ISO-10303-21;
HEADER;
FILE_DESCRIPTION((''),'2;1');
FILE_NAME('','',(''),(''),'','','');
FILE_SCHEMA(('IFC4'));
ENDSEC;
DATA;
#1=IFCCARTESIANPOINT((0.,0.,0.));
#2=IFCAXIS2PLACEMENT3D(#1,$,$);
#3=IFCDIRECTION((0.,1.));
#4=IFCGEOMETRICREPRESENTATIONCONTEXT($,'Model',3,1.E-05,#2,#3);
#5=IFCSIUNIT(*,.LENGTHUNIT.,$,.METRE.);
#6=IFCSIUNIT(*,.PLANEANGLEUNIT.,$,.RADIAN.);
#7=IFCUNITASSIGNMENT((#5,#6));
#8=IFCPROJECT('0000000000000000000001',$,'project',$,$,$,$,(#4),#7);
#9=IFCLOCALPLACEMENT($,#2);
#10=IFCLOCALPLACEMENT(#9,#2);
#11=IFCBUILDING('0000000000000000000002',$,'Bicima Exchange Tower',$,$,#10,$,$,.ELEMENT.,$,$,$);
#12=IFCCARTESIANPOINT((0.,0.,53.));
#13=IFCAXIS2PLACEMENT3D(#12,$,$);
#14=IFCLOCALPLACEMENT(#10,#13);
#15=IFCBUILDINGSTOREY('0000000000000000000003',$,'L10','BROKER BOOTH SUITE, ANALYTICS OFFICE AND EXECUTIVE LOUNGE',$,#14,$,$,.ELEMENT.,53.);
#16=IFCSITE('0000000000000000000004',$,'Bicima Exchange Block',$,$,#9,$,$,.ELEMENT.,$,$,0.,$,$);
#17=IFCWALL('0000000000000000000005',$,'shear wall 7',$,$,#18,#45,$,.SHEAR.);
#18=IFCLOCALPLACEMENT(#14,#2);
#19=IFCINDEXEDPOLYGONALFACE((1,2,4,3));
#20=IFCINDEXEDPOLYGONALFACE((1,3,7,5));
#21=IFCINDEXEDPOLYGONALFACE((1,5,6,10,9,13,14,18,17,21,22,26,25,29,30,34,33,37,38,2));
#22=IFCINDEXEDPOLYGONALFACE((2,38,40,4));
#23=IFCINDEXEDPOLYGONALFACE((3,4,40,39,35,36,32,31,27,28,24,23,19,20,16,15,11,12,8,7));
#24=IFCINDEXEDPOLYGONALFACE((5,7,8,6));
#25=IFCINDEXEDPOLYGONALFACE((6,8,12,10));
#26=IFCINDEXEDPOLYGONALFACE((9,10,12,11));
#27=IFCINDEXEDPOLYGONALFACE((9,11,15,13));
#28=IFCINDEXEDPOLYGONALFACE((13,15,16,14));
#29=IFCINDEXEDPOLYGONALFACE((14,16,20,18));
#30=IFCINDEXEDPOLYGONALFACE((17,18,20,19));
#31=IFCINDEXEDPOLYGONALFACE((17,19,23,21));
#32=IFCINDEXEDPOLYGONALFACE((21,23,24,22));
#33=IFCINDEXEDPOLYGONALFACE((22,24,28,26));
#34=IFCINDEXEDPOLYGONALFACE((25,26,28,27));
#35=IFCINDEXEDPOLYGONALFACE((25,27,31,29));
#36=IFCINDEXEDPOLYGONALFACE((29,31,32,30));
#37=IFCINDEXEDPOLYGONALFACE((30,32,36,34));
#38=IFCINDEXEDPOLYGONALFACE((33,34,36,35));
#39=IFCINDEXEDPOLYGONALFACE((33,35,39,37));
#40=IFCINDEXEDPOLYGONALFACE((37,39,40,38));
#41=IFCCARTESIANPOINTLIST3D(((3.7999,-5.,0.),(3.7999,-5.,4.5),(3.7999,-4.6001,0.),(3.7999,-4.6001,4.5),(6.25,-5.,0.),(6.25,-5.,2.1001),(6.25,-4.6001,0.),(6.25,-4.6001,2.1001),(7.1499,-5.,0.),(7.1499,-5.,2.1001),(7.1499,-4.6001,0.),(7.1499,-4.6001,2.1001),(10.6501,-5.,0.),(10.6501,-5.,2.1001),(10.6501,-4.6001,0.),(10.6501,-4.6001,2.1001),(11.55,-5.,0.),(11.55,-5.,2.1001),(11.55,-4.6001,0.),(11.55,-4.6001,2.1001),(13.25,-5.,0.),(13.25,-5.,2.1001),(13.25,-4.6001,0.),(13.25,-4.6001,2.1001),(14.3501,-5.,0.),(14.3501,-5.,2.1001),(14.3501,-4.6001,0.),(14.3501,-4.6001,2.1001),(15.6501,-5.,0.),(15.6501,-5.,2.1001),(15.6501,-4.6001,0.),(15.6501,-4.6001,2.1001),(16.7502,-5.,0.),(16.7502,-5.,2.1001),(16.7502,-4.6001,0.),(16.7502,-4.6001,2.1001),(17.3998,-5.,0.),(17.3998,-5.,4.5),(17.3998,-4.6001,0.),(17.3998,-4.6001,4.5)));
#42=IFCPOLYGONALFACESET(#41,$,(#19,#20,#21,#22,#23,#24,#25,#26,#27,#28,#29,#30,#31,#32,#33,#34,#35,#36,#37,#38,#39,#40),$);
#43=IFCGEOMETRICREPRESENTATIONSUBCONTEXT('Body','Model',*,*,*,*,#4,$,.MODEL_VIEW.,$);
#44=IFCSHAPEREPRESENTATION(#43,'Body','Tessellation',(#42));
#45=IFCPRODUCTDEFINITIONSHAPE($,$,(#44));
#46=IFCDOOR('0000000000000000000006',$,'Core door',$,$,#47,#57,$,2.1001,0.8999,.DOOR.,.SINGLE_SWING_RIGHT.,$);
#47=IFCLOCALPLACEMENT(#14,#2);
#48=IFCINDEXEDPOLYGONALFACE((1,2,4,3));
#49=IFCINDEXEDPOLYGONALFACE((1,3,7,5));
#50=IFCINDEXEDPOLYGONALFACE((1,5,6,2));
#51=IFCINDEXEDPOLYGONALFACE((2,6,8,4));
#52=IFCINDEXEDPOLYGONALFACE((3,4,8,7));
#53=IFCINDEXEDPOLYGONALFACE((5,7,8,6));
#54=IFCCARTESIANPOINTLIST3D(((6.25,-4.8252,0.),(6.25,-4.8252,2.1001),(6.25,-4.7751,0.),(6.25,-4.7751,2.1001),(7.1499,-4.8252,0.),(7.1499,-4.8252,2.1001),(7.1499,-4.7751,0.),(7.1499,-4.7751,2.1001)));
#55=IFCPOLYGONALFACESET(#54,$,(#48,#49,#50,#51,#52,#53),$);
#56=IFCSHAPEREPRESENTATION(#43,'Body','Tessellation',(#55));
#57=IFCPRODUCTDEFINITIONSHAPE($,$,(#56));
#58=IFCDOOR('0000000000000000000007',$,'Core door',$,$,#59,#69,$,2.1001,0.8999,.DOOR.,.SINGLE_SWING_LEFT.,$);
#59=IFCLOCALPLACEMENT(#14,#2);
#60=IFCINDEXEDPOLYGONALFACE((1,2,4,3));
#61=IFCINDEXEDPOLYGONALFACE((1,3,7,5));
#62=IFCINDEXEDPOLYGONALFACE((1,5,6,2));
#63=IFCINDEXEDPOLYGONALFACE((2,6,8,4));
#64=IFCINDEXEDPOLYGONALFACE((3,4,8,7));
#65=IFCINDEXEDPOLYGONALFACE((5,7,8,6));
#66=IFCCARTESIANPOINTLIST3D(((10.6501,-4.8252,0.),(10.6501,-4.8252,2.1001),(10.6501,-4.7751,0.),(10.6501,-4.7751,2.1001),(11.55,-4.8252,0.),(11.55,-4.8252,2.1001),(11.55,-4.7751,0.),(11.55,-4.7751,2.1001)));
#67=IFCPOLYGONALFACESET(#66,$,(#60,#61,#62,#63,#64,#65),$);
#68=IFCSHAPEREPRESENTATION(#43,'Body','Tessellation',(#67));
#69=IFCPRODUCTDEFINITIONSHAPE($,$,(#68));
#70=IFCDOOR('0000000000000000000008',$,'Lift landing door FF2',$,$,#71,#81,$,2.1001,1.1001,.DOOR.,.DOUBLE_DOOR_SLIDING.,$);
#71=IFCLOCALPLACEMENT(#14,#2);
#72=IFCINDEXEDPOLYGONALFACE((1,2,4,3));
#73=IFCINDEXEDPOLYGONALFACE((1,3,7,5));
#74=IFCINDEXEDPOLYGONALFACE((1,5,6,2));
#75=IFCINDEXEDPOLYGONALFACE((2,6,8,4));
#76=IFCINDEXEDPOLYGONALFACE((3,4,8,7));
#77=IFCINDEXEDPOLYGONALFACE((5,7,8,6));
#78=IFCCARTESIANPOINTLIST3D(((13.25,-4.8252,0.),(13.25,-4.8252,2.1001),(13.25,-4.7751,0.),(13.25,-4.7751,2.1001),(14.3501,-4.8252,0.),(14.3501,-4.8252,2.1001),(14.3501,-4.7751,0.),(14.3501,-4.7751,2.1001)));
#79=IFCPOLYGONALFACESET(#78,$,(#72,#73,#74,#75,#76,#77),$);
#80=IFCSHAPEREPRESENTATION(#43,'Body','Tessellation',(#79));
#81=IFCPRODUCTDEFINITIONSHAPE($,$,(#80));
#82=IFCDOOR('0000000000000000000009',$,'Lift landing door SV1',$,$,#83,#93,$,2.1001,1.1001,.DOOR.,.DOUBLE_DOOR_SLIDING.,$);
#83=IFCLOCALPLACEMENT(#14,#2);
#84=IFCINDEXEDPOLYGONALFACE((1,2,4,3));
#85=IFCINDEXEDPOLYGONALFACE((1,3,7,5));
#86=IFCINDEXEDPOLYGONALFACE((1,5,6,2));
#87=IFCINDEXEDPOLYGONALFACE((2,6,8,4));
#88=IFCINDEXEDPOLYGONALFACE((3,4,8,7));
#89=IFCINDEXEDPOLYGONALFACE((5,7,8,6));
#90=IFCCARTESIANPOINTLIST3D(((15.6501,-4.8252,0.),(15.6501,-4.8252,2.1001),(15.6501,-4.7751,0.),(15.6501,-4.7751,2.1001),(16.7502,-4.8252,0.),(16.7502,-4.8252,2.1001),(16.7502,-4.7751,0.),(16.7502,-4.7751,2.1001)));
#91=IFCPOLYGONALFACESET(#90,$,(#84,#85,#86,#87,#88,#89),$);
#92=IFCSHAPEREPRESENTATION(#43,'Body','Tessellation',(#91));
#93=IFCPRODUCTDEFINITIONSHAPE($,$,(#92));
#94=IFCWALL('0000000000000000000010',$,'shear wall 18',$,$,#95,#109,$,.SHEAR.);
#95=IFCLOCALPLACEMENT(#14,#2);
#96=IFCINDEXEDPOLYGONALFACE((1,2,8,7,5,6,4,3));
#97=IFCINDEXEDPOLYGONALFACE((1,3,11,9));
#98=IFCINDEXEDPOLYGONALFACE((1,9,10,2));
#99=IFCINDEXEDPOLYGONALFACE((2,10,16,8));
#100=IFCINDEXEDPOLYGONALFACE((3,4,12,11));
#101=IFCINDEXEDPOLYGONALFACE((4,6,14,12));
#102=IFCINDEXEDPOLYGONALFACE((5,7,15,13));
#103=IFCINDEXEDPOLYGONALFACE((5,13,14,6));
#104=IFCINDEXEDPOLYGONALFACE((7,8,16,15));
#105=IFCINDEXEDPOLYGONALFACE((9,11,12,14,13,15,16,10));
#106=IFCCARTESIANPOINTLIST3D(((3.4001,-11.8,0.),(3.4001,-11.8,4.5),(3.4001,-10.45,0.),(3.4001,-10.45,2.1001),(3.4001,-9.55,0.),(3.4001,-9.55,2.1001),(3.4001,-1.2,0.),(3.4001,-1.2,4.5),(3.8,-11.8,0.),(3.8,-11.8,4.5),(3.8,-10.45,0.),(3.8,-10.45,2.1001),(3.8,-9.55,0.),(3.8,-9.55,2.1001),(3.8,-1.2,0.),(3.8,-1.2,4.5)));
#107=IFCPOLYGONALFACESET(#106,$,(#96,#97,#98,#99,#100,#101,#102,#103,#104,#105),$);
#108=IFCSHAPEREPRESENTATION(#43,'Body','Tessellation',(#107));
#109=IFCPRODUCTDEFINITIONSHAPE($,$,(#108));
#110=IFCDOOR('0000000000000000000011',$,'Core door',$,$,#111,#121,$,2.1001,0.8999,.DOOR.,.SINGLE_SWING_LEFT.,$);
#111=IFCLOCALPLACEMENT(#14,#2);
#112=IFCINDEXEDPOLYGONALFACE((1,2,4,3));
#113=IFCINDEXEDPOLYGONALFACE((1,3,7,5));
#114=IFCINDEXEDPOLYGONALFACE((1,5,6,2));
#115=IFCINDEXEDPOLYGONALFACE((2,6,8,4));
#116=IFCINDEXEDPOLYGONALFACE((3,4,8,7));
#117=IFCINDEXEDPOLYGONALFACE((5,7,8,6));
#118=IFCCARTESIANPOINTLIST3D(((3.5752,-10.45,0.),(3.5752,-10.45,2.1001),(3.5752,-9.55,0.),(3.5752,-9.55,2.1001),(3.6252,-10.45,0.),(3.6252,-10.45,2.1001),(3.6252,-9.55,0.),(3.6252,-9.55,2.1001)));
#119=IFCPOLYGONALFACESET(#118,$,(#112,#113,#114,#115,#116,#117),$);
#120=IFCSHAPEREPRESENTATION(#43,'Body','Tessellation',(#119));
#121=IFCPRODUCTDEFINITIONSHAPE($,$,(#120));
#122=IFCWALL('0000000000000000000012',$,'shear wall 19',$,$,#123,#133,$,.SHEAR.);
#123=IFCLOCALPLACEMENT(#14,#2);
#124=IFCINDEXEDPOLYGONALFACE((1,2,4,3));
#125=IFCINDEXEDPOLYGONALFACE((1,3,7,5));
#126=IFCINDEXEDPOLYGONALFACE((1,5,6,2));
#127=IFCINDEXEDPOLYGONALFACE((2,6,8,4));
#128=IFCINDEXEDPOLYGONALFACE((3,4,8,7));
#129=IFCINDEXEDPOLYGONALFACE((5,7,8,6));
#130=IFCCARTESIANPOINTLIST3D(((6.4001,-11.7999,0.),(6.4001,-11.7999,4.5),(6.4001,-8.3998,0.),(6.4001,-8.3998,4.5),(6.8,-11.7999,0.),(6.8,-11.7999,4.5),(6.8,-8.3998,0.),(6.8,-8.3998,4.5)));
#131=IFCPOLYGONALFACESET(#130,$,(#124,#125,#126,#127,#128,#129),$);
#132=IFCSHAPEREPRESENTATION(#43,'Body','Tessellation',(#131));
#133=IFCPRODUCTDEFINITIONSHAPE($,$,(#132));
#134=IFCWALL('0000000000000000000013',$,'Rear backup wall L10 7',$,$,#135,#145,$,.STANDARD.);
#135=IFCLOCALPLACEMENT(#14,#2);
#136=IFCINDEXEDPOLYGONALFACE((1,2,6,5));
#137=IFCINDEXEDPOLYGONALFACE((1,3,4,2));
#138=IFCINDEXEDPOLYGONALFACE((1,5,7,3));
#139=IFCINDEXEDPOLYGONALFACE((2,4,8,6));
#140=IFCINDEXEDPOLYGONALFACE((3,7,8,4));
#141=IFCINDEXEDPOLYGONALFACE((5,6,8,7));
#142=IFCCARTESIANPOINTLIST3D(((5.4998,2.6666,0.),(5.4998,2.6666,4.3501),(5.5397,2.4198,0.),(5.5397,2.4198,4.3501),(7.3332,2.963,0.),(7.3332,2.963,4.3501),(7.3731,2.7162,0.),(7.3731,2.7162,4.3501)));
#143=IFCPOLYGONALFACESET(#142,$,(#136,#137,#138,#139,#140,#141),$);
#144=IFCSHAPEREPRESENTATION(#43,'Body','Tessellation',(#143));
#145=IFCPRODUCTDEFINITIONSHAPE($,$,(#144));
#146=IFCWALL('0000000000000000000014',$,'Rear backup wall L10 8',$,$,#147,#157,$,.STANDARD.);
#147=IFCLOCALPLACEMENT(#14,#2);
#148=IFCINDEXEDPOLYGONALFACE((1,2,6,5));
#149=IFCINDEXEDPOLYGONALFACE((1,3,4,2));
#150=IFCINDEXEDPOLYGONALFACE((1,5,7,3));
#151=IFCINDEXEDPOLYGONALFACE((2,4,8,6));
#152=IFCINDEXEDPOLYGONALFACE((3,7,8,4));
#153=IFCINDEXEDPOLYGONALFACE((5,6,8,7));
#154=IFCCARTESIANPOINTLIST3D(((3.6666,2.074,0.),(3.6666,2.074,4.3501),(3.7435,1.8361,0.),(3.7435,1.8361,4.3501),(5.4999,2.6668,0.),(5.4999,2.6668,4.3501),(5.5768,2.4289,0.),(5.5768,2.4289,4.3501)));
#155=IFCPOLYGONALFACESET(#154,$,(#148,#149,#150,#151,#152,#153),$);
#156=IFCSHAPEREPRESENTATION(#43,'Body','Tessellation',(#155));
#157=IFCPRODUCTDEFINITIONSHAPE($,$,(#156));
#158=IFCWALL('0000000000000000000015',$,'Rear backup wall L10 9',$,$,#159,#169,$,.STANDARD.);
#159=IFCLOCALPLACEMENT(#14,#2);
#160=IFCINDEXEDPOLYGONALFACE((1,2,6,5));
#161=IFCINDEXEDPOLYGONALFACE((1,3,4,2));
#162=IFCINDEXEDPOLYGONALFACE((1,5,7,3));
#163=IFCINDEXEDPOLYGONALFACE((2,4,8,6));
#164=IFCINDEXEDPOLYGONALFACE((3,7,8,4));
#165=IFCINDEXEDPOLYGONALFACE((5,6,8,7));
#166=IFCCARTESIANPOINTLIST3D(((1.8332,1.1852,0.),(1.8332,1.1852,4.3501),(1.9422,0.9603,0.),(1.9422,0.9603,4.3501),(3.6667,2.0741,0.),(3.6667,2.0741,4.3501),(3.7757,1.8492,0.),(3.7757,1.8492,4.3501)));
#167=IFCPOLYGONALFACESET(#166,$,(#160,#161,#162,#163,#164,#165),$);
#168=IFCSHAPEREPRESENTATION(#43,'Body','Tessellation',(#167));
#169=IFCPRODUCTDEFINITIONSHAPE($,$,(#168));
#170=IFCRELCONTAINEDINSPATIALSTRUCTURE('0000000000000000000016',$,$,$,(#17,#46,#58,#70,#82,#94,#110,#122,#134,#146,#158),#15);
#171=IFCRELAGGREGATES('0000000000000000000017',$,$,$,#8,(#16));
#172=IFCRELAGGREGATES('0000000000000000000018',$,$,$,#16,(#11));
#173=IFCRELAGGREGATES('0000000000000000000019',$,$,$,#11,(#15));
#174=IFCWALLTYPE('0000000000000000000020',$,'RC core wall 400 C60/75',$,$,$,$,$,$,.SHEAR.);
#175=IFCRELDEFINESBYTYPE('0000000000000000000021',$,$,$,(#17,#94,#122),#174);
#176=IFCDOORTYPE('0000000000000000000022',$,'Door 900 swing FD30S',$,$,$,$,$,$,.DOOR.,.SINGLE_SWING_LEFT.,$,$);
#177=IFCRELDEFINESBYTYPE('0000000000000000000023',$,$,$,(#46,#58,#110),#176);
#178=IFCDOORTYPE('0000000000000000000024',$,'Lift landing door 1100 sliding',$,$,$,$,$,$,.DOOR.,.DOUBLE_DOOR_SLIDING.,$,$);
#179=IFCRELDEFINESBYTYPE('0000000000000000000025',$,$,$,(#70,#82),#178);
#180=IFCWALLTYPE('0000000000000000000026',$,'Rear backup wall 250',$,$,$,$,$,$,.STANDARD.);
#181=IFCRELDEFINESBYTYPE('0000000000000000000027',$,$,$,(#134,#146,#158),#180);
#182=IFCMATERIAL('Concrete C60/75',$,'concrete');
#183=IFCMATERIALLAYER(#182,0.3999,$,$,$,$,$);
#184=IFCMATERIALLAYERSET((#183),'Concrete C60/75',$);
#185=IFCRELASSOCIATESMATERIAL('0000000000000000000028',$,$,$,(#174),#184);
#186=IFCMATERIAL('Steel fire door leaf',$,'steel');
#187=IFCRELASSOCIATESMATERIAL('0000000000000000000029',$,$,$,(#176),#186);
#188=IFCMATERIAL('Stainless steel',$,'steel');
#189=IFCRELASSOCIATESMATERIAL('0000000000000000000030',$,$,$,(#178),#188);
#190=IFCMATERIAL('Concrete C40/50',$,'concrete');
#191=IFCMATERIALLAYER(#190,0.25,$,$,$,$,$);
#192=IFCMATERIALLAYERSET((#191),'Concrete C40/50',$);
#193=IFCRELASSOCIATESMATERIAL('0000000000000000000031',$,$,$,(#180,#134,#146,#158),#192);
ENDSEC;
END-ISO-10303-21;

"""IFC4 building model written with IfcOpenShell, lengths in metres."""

from ifc_helpers import new_model, si_unit, direction, frame, frame_2d, origin, place, context, subcontext, project, spatial, rectangle, extrude, material, layer, layer_set, layer_usage, type_object, element, fill, save


model = new_model("IFC4")

# Units and contexts
model_context = context("Model", 3, precision=1e-05, world=origin(), true_north=direction((0.0, 1.0)))
body_context = subcontext(model_context, "Body", "Model", "MODEL_VIEW")
ifc_project = project(units=[si_unit("LENGTHUNIT", "METRE"), si_unit("PLANEANGLEUNIT", "RADIAN")], contexts=[model_context])

# Site, building, storey
site_placement = place(None, origin())
site = spatial("IfcSite", under=ifc_project, at=site_placement, Name="Bicima Exchange Block", CompositionType="ELEMENT", RefElevation=0.0)
building_placement = place(site_placement, origin())
building = spatial("IfcBuilding", under=site, at=building_placement, Name="Bicima Exchange Tower", CompositionType="ELEMENT")
storey_placement = place(building_placement, frame((0.0, 0.0, 53.0)))
storey = spatial("IfcBuildingStorey", under=building, at=storey_placement, Name="L10", Description="BROKER BOOTH SUITE, ANALYTICS OFFICE AND EXECUTIVE LOUNGE", CompositionType="ELEMENT", Elevation=53.0)

# Shared definitions
ifc_material_1 = material(Name="Concrete C60/75", Category="concrete")
ifc_layer_1 = layer(ifc_material_1, 0.3999)
ifc_layer_set_1 = layer_set([ifc_layer_1], Name="Concrete C60/75")
wall_type_1 = type_object("IfcWallType", Name="RC core wall 400 C60/75", PredefinedType="SHEAR", material=ifc_layer_set_1)
ifc_material_2 = material(Name="Steel fire door leaf", Category="steel")
door_type_1 = type_object("IfcDoorType", Name="Door 900 swing FD30S", OperationType="SINGLE_SWING_LEFT", PredefinedType="DOOR", material=ifc_material_2)

# Wall, openings, doors
wall_1_placement = place(storey_placement, frame((3.8, -4.8, 0.0), z_axis=(0.0, 0.0, 1.0), x_axis=(1.0, 0.0, 0.0)))
wall_1 = element("IfcWall", 1, at=wall_1_placement, inside=storey, type_object=wall_type_1, Name="shear wall 7", PredefinedType="SHEAR", context=body_context, shape_type="SweptSolid", body=[
    extrude(rectangle(XDim=13.5999, YDim=0.3999, at=frame_2d((6.7998, 0.0))), origin(), (0.0, 0.0, 1.0), 4.5),
])
opening_1_placement = place(wall_1_placement, frame((9.45, 0.0, 0.0)))
opening_1 = element("IfcOpeningElement", 2, at=opening_1_placement, cuts=wall_1, PredefinedType="OPENING", context=body_context, shape_type="SweptSolid", body=[
    extrude(rectangle(XDim=1.1001, YDim=2.1001, at=frame_2d((0.55, 1.05))), frame((0.0, 0.2119, 0.0), z_axis=(0.0, -1.0, 0.0), x_axis=(1.0, 0.0, 0.0)), (0.0, 0.0, 1.0), 0.4238),
])
opening_2_placement = place(wall_1_placement, frame((11.8501, 0.0, 0.0)))
opening_2 = element("IfcOpeningElement", 3, at=opening_2_placement, cuts=wall_1, PredefinedType="OPENING", context=body_context, shape_type="SweptSolid", body=[
    extrude(rectangle(XDim=1.1001, YDim=2.1001, at=frame_2d((0.55, 1.05))), frame((0.0, 0.2119, 0.0), z_axis=(0.0, -1.0, 0.0), x_axis=(1.0, 0.0, 0.0)), (0.0, 0.0, 1.0), 0.4238),
])
opening_3_placement = place(wall_1_placement, frame((2.45, 0.0, 0.0)))
opening_3 = element("IfcOpeningElement", 4, at=opening_3_placement, cuts=wall_1, PredefinedType="OPENING", context=body_context, shape_type="SweptSolid", body=[
    extrude(rectangle(XDim=0.8999, YDim=2.1001, at=frame_2d((0.45, 1.05))), frame((0.0, 0.2119, 0.0), z_axis=(0.0, -1.0, 0.0), x_axis=(1.0, 0.0, 0.0)), (0.0, 0.0, 1.0), 0.4238),
])
opening_4_placement = place(wall_1_placement, frame((6.8501, 0.0, 0.0)))
opening_4 = element("IfcOpeningElement", 5, at=opening_4_placement, cuts=wall_1, PredefinedType="OPENING", context=body_context, shape_type="SweptSolid", body=[
    extrude(rectangle(XDim=0.8999, YDim=2.1001, at=frame_2d((0.45, 1.05))), frame((0.0, 0.2119, 0.0), z_axis=(0.0, -1.0, 0.0), x_axis=(1.0, 0.0, 0.0)), (0.0, 0.0, 1.0), 0.4238),
])
door_1_placement = place(opening_3_placement, origin())
door_1 = element("IfcDoor", 6, at=door_1_placement, inside=storey, type_object=door_type_1, Name="Core door", OperationType="SINGLE_SWING_RIGHT", OverallHeight=2.1001, OverallWidth=0.8999, PredefinedType="DOOR", context=body_context, shape_type="SweptSolid", body=[
    extrude(rectangle(XDim=0.8999, YDim=2.1001, at=frame_2d((0.45, 1.05))), frame((0.0, 0.0249, 0.0), z_axis=(0.0, -1.0, 0.0), x_axis=(1.0, 0.0, 0.0)), (0.0, 0.0, 1.0), 0.05),
])
fill(opening_3, door_1)
door_2_placement = place(opening_4_placement, origin())
door_2 = element("IfcDoor", 7, at=door_2_placement, inside=storey, type_object=door_type_1, Name="Core door", OperationType="SINGLE_SWING_LEFT", OverallHeight=2.1001, OverallWidth=0.8999, PredefinedType="DOOR", context=body_context, shape_type="SweptSolid", body=[
    extrude(rectangle(XDim=0.8999, YDim=2.1001, at=frame_2d((0.45, 1.05))), frame((0.0, 0.0249, 0.0), z_axis=(0.0, -1.0, 0.0), x_axis=(1.0, 0.0, 0.0)), (0.0, 0.0, 1.0), 0.05),
])
fill(opening_4, door_2)
ifc_material_3 = material(Name="Stainless steel", Category="steel")
door_type_2 = type_object("IfcDoorType", Name="Lift landing door 1100 sliding", OperationType="DOUBLE_DOOR_SLIDING", PredefinedType="DOOR", material=ifc_material_3)
door_3_placement = place(opening_1_placement, origin())
door_3 = element("IfcDoor", 8, at=door_3_placement, inside=storey, type_object=door_type_2, Name="Lift landing door FF2", OperationType="DOUBLE_DOOR_SLIDING", OverallHeight=2.1001, OverallWidth=1.1001, PredefinedType="DOOR", context=body_context, shape_type="SweptSolid", body=[
    extrude(rectangle(XDim=1.1001, YDim=2.1001, at=frame_2d((0.55, 1.05))), frame((0.0, 0.0249, 0.0), z_axis=(0.0, -1.0, 0.0), x_axis=(1.0, 0.0, 0.0)), (0.0, 0.0, 1.0), 0.05),
])
fill(opening_1, door_3)
door_4_placement = place(opening_2_placement, origin())
door_4 = element("IfcDoor", 9, at=door_4_placement, inside=storey, type_object=door_type_2, Name="Lift landing door SV1", OperationType="DOUBLE_DOOR_SLIDING", OverallHeight=2.1001, OverallWidth=1.1001, PredefinedType="DOOR", context=body_context, shape_type="SweptSolid", body=[
    extrude(rectangle(XDim=1.1001, YDim=2.1001, at=frame_2d((0.55, 1.05))), frame((0.0, 0.0249, 0.0), z_axis=(0.0, -1.0, 0.0), x_axis=(1.0, 0.0, 0.0)), (0.0, 0.0, 1.0), 0.05),
])
fill(opening_2, door_4)

# Wall, opening, door
wall_2_placement = place(storey_placement, frame((3.6001, -11.8, 0.0), z_axis=(0.0, 0.0, 1.0), x_axis=(0.0, 1.0, 0.0)))
wall_2 = element("IfcWall", 10, at=wall_2_placement, inside=storey, type_object=wall_type_1, Name="shear wall 18", PredefinedType="SHEAR", context=body_context, shape_type="SweptSolid", body=[
    extrude(rectangle(XDim=10.6001, YDim=0.3999, at=frame_2d((5.3, 0.0))), origin(), (0.0, 0.0, 1.0), 4.5),
])
opening_5_placement = place(wall_2_placement, frame((1.3501, 0.0, 0.0)))
opening_5 = element("IfcOpeningElement", 11, at=opening_5_placement, cuts=wall_2, PredefinedType="OPENING", context=body_context, shape_type="SweptSolid", body=[
    extrude(rectangle(XDim=0.8999, YDim=2.1001, at=frame_2d((0.45, 1.05))), frame((0.0, 0.2119, 0.0), z_axis=(0.0, -1.0, 0.0), x_axis=(1.0, 0.0, 0.0)), (0.0, 0.0, 1.0), 0.4238),
])
door_5_placement = place(opening_5_placement, origin())
door_5 = element("IfcDoor", 12, at=door_5_placement, inside=storey, type_object=door_type_1, Name="Core door", OperationType="SINGLE_SWING_LEFT", OverallHeight=2.1001, OverallWidth=0.8999, PredefinedType="DOOR", context=body_context, shape_type="SweptSolid", body=[
    extrude(rectangle(XDim=0.8999, YDim=2.1001, at=frame_2d((0.45, 1.05))), frame((0.0, 0.0249, 0.0), z_axis=(0.0, -1.0, 0.0), x_axis=(1.0, 0.0, 0.0)), (0.0, 0.0, 1.0), 0.05),
])
fill(opening_5, door_5)

# Walls
wall_3_placement = place(storey_placement, frame((6.6001, -11.8, 0.0), z_axis=(0.0, 0.0, 1.0), x_axis=(0.0, 1.0, 0.0)))
element("IfcWall", 13, at=wall_3_placement, inside=storey, type_object=wall_type_1, Name="shear wall 19", PredefinedType="SHEAR", context=body_context, shape_type="SweptSolid", body=[
    extrude(rectangle(XDim=3.4001, YDim=0.3999, at=frame_2d((1.7002, 0.0))), origin(), (0.0, 0.0, 1.0), 4.5),
])
ifc_material_4 = material(Name="Concrete C40/50", Category="concrete")
ifc_layer_2 = layer(ifc_material_4, 0.25)
ifc_layer_set_2 = layer_set([ifc_layer_2], Name="Concrete C40/50")
ifc_layer_usage = layer_usage(ifc_layer_set_2, "AXIS2", "POSITIVE", -0.125)
wall_type_2 = type_object("IfcWallType", Name="Rear backup wall 250", PredefinedType="STANDARD", material=ifc_layer_set_2)
wall_4_placement = place(storey_placement, frame((7.3533, 2.8396, 0.0), z_axis=(0.0, 0.0, 1.0), x_axis=(-0.987182, -0.1596, 0.0)))
element("IfcWall", 14, at=wall_4_placement, inside=storey, type_object=wall_type_2, material=ifc_layer_usage, Name="Rear backup wall L10 7", PredefinedType="STANDARD", context=body_context, shape_type="SweptSolid", body=[
    extrude(rectangle(XDim=1.8572, YDim=0.25, at=frame_2d((0.9287, 0.0))), origin(), (0.0, 0.0, 1.0), 4.3501),
])
wall_5_placement = place(storey_placement, frame((5.5383, 2.5479, 0.0), z_axis=(0.0, 0.0, 1.0), x_axis=(-0.951496, -0.307662, 0.0)))
element("IfcWall", 15, at=wall_5_placement, inside=storey, type_object=wall_type_2, material=ifc_layer_usage, Name="Rear backup wall L10 8", PredefinedType="STANDARD", context=body_context, shape_type="SweptSolid", body=[
    extrude(rectangle(XDim=1.9268, YDim=0.25, at=frame_2d((0.9634, 0.0))), origin(), (0.0, 0.0, 1.0), 4.3501),
])
wall_6_placement = place(storey_placement, frame((3.7212, 1.9617, 0.0), z_axis=(0.0, 0.0, 1.0), x_axis=(-0.899824, -0.436253, 0.0)))
element("IfcWall", 16, at=wall_6_placement, inside=storey, type_object=wall_type_2, material=ifc_layer_usage, Name="Rear backup wall L10 9", PredefinedType="STANDARD", context=body_context, shape_type="SweptSolid", body=[
    extrude(rectangle(XDim=2.0376, YDim=0.25, at=frame_2d((1.0188, 0.0))), origin(), (0.0, 0.0, 1.0), 4.3501),
])

save(model, "model.ifc")
